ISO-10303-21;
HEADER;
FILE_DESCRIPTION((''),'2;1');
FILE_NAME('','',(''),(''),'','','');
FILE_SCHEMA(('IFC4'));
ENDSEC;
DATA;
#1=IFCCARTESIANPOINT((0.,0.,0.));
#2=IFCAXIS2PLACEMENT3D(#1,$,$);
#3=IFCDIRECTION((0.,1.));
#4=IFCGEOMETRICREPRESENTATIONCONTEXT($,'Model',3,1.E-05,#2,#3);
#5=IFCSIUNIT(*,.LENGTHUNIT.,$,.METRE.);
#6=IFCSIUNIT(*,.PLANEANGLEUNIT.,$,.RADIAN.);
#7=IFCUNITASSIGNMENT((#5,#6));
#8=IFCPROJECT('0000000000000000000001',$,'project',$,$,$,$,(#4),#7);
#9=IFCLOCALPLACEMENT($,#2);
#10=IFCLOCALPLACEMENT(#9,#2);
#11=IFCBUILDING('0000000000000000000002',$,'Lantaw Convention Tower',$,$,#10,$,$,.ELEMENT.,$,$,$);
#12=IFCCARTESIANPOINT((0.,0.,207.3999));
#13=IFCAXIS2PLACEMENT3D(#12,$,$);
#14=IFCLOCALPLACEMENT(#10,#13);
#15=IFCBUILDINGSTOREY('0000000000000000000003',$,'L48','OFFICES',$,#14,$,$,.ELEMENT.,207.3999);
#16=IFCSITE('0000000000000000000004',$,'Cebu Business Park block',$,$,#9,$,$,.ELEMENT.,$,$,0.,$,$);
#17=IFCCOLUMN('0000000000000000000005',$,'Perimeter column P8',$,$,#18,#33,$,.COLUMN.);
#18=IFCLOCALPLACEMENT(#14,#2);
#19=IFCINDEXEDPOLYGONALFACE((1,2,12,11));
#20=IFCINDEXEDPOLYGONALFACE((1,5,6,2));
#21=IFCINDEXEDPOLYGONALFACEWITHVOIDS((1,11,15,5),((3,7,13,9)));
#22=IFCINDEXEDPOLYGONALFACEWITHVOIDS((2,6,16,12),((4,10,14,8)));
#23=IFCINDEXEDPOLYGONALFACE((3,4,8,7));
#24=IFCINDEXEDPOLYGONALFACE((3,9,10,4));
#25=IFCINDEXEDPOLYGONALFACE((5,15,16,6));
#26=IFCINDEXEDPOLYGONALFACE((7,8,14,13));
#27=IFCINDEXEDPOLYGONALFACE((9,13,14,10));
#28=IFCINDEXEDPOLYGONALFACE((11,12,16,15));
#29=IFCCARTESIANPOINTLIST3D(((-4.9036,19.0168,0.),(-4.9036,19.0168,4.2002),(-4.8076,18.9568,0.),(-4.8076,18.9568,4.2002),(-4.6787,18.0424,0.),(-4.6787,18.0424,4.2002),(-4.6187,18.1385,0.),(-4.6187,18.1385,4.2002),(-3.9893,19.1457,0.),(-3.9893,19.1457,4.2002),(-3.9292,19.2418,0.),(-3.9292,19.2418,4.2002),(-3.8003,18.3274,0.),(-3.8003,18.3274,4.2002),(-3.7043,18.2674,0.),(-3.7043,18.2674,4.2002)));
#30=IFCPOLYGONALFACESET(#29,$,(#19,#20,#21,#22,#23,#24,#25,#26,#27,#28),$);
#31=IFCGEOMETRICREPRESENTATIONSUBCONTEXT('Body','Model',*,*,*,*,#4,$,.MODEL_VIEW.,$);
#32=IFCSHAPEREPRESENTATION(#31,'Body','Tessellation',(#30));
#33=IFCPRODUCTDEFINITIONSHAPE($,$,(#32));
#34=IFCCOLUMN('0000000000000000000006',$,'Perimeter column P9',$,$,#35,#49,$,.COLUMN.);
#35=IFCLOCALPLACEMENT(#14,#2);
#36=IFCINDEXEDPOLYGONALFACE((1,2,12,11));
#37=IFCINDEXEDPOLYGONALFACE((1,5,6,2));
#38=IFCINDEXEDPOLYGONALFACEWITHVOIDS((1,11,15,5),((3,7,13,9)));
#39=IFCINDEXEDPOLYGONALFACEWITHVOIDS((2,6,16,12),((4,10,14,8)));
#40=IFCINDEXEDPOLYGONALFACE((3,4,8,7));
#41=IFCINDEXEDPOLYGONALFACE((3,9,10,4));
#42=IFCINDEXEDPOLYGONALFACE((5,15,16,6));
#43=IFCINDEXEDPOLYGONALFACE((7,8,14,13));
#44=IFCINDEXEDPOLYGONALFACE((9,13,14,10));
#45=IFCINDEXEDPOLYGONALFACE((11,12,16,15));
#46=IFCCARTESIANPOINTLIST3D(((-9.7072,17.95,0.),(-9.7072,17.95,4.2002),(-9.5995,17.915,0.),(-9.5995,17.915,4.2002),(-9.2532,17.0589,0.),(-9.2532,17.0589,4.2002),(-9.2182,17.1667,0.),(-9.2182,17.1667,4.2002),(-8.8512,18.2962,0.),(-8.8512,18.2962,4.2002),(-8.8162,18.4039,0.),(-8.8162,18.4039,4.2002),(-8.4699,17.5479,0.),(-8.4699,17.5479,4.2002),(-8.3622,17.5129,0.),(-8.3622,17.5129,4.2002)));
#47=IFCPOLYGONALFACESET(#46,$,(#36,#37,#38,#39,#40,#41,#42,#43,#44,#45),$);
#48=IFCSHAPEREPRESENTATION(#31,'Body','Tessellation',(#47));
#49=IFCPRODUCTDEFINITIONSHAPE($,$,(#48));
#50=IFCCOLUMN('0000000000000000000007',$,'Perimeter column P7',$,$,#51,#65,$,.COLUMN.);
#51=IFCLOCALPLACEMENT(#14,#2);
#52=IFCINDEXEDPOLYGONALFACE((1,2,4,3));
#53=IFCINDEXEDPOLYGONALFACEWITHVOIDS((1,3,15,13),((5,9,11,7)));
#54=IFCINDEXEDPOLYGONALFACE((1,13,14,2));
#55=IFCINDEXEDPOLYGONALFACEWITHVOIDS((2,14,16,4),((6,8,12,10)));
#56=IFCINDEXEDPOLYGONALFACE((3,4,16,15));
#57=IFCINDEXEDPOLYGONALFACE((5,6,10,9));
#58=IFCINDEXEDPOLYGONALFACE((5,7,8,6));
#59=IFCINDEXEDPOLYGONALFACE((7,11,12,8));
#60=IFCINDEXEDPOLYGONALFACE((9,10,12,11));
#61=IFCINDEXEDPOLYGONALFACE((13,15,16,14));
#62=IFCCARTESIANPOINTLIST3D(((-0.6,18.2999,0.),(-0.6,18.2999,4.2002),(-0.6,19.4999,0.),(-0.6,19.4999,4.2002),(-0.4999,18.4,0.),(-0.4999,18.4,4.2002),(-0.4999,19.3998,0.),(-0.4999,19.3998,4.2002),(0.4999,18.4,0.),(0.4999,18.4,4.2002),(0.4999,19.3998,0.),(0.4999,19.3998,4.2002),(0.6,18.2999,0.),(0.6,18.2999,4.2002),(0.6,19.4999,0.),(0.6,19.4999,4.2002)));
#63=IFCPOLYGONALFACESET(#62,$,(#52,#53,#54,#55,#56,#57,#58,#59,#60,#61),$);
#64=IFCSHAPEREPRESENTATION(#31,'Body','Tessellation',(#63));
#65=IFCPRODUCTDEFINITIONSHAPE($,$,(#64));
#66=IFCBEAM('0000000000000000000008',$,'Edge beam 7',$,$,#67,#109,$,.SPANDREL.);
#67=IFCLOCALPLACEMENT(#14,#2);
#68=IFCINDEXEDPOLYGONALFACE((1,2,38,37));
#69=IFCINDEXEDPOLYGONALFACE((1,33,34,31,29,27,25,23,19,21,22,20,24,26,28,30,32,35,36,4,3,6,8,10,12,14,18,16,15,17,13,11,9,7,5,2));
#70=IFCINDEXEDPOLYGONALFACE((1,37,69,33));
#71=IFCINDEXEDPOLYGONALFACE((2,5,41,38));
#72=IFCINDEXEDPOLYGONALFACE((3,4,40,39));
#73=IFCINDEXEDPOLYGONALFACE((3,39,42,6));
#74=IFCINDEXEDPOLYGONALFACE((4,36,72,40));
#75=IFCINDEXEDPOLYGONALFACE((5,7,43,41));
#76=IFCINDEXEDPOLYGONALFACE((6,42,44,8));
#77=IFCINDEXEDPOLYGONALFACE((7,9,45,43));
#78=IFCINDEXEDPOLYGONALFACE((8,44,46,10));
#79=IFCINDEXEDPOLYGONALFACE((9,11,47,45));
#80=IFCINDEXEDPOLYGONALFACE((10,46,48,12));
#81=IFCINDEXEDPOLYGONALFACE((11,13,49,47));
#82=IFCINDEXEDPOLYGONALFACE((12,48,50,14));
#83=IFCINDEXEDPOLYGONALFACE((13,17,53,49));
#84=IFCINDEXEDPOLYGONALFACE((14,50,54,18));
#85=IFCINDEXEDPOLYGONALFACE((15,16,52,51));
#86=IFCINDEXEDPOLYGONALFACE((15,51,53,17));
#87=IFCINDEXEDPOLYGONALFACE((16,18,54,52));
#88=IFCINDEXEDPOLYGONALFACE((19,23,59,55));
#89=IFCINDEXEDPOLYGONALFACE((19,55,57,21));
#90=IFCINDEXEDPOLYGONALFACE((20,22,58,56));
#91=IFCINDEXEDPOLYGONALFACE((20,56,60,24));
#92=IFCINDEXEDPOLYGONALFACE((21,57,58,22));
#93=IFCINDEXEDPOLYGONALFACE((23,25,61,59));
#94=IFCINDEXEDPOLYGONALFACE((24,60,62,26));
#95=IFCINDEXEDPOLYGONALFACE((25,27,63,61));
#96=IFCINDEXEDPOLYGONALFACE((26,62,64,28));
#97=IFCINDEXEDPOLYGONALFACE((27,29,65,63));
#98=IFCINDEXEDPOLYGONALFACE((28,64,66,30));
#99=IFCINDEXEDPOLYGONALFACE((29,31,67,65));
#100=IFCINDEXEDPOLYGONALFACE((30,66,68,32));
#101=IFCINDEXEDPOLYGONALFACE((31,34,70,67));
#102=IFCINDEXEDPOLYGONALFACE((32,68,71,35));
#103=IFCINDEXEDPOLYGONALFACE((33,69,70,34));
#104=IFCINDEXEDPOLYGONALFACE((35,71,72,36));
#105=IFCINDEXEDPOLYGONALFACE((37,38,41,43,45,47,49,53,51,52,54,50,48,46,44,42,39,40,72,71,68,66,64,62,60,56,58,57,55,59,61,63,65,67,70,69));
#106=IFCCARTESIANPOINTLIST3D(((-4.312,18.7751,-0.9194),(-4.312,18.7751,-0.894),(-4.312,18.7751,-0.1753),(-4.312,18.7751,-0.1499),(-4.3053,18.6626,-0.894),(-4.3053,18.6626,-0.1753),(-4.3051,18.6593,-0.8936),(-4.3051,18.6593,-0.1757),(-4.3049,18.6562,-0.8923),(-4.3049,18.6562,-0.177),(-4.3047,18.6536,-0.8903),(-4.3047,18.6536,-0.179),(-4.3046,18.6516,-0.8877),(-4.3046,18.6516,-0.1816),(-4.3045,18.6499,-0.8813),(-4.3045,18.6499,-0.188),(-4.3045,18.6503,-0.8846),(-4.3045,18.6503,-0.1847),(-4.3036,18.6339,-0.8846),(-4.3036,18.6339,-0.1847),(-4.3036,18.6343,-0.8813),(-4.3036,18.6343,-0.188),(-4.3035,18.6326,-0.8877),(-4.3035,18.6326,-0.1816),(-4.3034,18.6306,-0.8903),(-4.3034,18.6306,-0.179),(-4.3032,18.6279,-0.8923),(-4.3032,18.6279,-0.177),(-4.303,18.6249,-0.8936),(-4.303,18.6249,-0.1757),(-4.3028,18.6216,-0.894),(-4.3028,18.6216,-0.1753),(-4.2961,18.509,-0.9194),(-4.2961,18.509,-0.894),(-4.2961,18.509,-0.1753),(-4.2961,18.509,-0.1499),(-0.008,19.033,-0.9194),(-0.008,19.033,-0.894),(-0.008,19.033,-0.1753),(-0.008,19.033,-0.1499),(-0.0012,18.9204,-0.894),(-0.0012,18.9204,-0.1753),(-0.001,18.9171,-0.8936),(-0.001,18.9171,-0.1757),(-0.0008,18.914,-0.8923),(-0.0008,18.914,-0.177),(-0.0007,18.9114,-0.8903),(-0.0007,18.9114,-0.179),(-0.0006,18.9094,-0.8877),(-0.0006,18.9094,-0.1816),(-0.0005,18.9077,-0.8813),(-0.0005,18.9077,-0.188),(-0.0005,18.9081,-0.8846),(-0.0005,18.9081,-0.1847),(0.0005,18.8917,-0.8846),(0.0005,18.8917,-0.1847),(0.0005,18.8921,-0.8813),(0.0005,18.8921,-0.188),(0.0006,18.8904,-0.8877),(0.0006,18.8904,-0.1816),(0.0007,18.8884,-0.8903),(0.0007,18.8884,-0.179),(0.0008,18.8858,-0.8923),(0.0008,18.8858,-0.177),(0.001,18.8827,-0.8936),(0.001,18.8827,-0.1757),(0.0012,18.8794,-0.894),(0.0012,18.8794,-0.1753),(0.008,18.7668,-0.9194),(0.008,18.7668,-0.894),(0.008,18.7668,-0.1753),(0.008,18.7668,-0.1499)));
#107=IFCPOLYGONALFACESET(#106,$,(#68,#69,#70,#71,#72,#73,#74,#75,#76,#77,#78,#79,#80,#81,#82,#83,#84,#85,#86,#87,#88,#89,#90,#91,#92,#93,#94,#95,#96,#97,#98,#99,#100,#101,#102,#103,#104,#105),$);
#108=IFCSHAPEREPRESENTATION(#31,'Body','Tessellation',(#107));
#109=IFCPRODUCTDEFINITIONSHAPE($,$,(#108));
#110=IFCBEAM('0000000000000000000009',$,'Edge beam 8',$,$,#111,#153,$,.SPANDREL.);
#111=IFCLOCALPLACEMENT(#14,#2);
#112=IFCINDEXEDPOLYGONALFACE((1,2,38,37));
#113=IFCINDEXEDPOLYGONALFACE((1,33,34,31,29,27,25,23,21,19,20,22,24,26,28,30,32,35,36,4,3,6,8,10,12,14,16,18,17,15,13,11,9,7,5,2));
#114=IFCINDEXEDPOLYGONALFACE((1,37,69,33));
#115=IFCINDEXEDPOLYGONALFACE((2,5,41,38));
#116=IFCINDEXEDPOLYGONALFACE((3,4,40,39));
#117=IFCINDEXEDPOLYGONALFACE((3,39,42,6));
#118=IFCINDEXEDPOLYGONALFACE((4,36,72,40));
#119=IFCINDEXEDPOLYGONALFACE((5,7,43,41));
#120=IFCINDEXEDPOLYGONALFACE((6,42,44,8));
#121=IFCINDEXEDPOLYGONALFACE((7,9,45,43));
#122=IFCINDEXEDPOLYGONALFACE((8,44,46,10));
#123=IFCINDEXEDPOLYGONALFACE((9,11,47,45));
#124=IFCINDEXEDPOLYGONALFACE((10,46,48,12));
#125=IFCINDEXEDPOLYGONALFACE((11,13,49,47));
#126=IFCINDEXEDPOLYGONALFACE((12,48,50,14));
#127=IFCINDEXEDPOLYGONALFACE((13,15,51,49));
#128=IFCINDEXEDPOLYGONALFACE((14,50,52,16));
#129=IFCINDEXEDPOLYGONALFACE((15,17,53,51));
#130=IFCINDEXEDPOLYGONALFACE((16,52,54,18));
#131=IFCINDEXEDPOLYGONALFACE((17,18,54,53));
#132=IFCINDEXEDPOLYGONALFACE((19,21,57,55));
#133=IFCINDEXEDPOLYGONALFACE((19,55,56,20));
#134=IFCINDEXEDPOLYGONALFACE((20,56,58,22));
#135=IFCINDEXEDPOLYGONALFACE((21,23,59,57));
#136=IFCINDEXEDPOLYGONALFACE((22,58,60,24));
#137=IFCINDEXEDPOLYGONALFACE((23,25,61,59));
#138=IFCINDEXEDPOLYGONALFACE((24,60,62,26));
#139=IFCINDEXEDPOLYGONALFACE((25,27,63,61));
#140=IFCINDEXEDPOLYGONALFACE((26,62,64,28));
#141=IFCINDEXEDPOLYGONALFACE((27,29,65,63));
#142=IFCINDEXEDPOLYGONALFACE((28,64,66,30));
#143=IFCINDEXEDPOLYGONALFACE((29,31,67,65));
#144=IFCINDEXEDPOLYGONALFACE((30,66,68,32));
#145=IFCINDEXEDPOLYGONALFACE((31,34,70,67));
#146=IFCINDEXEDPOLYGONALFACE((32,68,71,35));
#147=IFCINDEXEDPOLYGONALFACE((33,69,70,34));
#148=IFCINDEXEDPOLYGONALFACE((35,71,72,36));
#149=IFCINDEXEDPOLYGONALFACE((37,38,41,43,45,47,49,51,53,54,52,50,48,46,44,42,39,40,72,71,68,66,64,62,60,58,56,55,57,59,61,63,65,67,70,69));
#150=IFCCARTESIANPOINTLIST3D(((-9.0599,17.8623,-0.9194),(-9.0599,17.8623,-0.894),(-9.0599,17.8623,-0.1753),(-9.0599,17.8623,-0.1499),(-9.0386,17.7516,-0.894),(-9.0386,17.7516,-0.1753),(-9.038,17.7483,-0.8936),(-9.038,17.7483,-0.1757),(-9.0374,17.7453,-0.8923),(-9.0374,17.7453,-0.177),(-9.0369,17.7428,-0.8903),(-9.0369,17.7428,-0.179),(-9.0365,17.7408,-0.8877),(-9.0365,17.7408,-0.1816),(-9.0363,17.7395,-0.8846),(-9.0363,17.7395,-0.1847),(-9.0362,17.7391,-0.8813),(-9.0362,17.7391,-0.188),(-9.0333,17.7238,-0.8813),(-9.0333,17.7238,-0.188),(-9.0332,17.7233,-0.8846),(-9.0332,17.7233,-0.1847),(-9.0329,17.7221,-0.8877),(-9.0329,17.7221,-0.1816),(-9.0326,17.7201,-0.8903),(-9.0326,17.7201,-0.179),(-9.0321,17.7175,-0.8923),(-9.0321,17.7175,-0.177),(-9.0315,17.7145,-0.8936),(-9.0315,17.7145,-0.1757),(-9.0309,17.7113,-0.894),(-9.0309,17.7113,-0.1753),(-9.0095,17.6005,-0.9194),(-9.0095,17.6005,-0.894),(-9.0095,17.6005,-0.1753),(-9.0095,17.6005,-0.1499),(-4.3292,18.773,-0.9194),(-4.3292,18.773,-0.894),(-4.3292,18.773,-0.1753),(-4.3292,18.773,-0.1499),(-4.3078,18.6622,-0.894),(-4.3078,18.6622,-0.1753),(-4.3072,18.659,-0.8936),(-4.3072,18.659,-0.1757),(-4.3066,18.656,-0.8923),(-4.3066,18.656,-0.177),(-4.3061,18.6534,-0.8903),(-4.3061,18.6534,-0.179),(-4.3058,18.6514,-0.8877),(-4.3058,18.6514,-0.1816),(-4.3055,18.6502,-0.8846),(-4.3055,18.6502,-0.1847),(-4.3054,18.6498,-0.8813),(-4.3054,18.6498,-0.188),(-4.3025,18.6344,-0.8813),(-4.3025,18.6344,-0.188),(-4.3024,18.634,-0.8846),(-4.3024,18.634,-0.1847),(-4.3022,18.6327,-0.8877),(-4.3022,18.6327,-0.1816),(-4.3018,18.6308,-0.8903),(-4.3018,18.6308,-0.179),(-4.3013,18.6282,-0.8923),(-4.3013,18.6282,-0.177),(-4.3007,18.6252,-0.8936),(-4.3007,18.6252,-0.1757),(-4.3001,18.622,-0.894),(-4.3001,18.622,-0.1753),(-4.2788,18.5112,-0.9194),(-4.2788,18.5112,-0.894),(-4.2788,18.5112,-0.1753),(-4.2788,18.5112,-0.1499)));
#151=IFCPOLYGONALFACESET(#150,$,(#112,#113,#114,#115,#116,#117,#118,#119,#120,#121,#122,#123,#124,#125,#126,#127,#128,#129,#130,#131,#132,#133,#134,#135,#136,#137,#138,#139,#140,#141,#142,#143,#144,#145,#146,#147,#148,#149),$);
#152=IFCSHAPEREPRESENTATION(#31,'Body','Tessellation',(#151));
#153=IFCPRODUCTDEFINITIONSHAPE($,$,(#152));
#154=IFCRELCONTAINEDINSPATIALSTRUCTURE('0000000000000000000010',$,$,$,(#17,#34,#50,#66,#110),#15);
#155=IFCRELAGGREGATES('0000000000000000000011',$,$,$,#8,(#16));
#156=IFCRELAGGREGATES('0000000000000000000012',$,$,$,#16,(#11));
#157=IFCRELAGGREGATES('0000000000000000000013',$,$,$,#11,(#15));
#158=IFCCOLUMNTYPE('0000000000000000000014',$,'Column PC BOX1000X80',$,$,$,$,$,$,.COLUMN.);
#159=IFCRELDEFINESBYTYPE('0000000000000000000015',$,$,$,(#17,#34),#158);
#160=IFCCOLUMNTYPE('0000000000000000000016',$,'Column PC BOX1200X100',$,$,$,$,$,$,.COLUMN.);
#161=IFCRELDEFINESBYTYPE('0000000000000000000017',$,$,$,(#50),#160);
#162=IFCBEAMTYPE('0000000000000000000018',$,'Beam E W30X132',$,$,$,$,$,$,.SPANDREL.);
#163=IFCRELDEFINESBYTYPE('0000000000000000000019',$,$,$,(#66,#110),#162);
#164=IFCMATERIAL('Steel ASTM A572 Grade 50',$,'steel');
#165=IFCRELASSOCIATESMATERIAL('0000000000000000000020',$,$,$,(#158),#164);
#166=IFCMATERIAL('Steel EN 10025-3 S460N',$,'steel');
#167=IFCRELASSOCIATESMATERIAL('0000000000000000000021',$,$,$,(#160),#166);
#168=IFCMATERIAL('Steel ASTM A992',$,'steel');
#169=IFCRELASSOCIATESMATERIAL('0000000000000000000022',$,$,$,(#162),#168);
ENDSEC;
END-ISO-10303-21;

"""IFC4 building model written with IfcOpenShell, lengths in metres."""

from ifc_helpers import new_model, si_unit, direction, frame, origin, origin_2d, place, context, subcontext, project, spatial, rectangle, hollow_rectangle, i_section, extrude, material, material_profile, profile_set, type_object, element, save


model = new_model("IFC4")

# Units and contexts
model_context = context("Model", 3, precision=1e-05, world=origin(), true_north=direction((0.0, 1.0)))
body_context = subcontext(model_context, "Body", "Model", "MODEL_VIEW")
ifc_project = project(units=[si_unit("LENGTHUNIT", "METRE"), si_unit("PLANEANGLEUNIT", "RADIAN")], contexts=[model_context])

# Site, building, storey
site_placement = place(None, origin())
site = spatial("IfcSite", under=ifc_project, at=site_placement, Name="Cebu Business Park block", CompositionType="ELEMENT", RefElevation=0.0)
building_placement = place(site_placement, origin())
building = spatial("IfcBuilding", under=site, at=building_placement, Name="Lantaw Convention Tower", CompositionType="ELEMENT")
storey_placement = place(building_placement, frame((0.0, 0.0, 207.3999)))
storey = spatial("IfcBuildingStorey", under=building, at=storey_placement, Name="L48", Description="OFFICES", CompositionType="ELEMENT", Elevation=207.3999)

# Columns
ifc_material_1 = material(Name="Steel ASTM A572 Grade 50", Category="steel")
ifc_material_profile_1 = material_profile(ifc_material_1, hollow_rectangle(XDim=1.0, YDim=1.0, WallThickness=0.0801, at=origin_2d()), Name="BOX1000X80")
ifc_material_2 = material(Name="Concrete C60/75", Category="concrete")
ifc_material_profile_2 = material_profile(ifc_material_2, rectangle(XDim=0.8401, YDim=0.8401, at=origin_2d()), Name="Concrete fill of BOX1000X80")
ifc_profile_set_1 = profile_set([ifc_material_profile_1, ifc_material_profile_2], Name="Steel ASTM A572 Grade 50")
column_type_1 = type_object("IfcColumnType", Name="Column PC BOX1000X80", PredefinedType="COLUMN", material=ifc_profile_set_1)
for number, where, z_axis, x_axis, name in (
    (1, (-4.304, 18.6421, 0.0), (0.0, 0.0, 1.0), (0.97437, 0.224951, 0.0), "Perimeter column P8"),
    (2, (-9.0347, 17.7314, 0.0), (0.0, 0.0, 1.0), (0.891007, 0.45399, 0.0), "Perimeter column P9"),
):
    element("IfcColumn", number, at=place(storey_placement, frame(where, z_axis=z_axis, x_axis=x_axis)), inside=storey, type_object=column_type_1, Name=name, PredefinedType="COLUMN", context=body_context, shape_type="SweptSolid", body=[
        extrude(hollow_rectangle(XDim=1.0, YDim=1.0, WallThickness=0.0801, at=origin_2d()), origin(), (0.0, 0.0, 1.0), 4.2002),
    ])
ifc_material_3 = material(Name="Steel EN 10025-3 S460N", Category="steel")
ifc_material_profile_3 = material_profile(ifc_material_3, hollow_rectangle(XDim=1.2, YDim=1.2, WallThickness=0.1001, at=origin_2d()), Name="BOX1200X100")
ifc_material_profile_4 = material_profile(ifc_material_2, rectangle(XDim=1.0, YDim=1.0, at=origin_2d()), Name="Concrete fill of BOX1200X100")
ifc_profile_set_2 = profile_set([ifc_material_profile_3, ifc_material_profile_4], Name="Steel EN 10025-3 S460N")
column_type_2 = type_object("IfcColumnType", Name="Column PC BOX1200X100", PredefinedType="COLUMN", material=ifc_profile_set_2)
column_placement = place(storey_placement, frame((0.0, 18.8999, 0.0), z_axis=(0.0, 0.0, 1.0), x_axis=(1.0, 0.0, 0.0)))
element("IfcColumn", 3, at=column_placement, inside=storey, type_object=column_type_2, Name="Perimeter column P7", PredefinedType="COLUMN", context=body_context, shape_type="SweptSolid", body=[
    extrude(hollow_rectangle(XDim=1.2, YDim=1.2, WallThickness=0.1001, at=origin_2d()), origin(), (0.0, 0.0, 1.0), 4.2002),
])

# Beams
ifc_material_4 = material(Name="Steel ASTM A992", Category="steel")
ifc_material_profile_5 = material_profile(ifc_material_4, i_section(OverallWidth=0.2666, OverallDepth=0.7695, WebThickness=0.0156, FlangeThickness=0.0254, FilletRadius=0.0127, at=origin_2d()), Name="W30X132")
ifc_profile_set_3 = profile_set([ifc_material_profile_5], Name="Steel ASTM A992")
beam_type_1 = type_object("IfcBeamType", Name="Beam E W30X132", PredefinedType="SPANDREL", material=ifc_profile_set_3)
beam_1_placement = place(storey_placement, frame((0.0, 18.8999, -0.5347), z_axis=(-0.998211, -0.059794, 0.0), x_axis=(0.059794, -0.998211, 0.0)))
element("IfcBeam", 4, at=beam_1_placement, inside=storey, type_object=beam_type_1, Name="Edge beam 7", PredefinedType="SPANDREL", context=body_context, shape_type="SweptSolid", body=[
    extrude(i_section(OverallWidth=0.2666, OverallDepth=0.7695, WebThickness=0.0156, FlangeThickness=0.0254, FilletRadius=0.0127, at=origin_2d()), origin(), (0.0, 0.0, 1.0), 4.3118),
])
beam_2_placement = place(storey_placement, frame((-4.304, 18.6421, -0.5347), z_axis=(-0.981972, -0.189026, 0.0), x_axis=(0.189026, -0.981972, 0.0)))
element("IfcBeam", 5, at=beam_2_placement, inside=storey, type_object=beam_type_1, Name="Edge beam 8", PredefinedType="SPANDREL", context=body_context, shape_type="SweptSolid", body=[
    extrude(i_section(OverallWidth=0.2666, OverallDepth=0.7695, WebThickness=0.0156, FlangeThickness=0.0254, FilletRadius=0.0127, at=origin_2d()), origin(), (0.0, 0.0, 1.0), 4.8176),
])

save(model, "model.ifc")
